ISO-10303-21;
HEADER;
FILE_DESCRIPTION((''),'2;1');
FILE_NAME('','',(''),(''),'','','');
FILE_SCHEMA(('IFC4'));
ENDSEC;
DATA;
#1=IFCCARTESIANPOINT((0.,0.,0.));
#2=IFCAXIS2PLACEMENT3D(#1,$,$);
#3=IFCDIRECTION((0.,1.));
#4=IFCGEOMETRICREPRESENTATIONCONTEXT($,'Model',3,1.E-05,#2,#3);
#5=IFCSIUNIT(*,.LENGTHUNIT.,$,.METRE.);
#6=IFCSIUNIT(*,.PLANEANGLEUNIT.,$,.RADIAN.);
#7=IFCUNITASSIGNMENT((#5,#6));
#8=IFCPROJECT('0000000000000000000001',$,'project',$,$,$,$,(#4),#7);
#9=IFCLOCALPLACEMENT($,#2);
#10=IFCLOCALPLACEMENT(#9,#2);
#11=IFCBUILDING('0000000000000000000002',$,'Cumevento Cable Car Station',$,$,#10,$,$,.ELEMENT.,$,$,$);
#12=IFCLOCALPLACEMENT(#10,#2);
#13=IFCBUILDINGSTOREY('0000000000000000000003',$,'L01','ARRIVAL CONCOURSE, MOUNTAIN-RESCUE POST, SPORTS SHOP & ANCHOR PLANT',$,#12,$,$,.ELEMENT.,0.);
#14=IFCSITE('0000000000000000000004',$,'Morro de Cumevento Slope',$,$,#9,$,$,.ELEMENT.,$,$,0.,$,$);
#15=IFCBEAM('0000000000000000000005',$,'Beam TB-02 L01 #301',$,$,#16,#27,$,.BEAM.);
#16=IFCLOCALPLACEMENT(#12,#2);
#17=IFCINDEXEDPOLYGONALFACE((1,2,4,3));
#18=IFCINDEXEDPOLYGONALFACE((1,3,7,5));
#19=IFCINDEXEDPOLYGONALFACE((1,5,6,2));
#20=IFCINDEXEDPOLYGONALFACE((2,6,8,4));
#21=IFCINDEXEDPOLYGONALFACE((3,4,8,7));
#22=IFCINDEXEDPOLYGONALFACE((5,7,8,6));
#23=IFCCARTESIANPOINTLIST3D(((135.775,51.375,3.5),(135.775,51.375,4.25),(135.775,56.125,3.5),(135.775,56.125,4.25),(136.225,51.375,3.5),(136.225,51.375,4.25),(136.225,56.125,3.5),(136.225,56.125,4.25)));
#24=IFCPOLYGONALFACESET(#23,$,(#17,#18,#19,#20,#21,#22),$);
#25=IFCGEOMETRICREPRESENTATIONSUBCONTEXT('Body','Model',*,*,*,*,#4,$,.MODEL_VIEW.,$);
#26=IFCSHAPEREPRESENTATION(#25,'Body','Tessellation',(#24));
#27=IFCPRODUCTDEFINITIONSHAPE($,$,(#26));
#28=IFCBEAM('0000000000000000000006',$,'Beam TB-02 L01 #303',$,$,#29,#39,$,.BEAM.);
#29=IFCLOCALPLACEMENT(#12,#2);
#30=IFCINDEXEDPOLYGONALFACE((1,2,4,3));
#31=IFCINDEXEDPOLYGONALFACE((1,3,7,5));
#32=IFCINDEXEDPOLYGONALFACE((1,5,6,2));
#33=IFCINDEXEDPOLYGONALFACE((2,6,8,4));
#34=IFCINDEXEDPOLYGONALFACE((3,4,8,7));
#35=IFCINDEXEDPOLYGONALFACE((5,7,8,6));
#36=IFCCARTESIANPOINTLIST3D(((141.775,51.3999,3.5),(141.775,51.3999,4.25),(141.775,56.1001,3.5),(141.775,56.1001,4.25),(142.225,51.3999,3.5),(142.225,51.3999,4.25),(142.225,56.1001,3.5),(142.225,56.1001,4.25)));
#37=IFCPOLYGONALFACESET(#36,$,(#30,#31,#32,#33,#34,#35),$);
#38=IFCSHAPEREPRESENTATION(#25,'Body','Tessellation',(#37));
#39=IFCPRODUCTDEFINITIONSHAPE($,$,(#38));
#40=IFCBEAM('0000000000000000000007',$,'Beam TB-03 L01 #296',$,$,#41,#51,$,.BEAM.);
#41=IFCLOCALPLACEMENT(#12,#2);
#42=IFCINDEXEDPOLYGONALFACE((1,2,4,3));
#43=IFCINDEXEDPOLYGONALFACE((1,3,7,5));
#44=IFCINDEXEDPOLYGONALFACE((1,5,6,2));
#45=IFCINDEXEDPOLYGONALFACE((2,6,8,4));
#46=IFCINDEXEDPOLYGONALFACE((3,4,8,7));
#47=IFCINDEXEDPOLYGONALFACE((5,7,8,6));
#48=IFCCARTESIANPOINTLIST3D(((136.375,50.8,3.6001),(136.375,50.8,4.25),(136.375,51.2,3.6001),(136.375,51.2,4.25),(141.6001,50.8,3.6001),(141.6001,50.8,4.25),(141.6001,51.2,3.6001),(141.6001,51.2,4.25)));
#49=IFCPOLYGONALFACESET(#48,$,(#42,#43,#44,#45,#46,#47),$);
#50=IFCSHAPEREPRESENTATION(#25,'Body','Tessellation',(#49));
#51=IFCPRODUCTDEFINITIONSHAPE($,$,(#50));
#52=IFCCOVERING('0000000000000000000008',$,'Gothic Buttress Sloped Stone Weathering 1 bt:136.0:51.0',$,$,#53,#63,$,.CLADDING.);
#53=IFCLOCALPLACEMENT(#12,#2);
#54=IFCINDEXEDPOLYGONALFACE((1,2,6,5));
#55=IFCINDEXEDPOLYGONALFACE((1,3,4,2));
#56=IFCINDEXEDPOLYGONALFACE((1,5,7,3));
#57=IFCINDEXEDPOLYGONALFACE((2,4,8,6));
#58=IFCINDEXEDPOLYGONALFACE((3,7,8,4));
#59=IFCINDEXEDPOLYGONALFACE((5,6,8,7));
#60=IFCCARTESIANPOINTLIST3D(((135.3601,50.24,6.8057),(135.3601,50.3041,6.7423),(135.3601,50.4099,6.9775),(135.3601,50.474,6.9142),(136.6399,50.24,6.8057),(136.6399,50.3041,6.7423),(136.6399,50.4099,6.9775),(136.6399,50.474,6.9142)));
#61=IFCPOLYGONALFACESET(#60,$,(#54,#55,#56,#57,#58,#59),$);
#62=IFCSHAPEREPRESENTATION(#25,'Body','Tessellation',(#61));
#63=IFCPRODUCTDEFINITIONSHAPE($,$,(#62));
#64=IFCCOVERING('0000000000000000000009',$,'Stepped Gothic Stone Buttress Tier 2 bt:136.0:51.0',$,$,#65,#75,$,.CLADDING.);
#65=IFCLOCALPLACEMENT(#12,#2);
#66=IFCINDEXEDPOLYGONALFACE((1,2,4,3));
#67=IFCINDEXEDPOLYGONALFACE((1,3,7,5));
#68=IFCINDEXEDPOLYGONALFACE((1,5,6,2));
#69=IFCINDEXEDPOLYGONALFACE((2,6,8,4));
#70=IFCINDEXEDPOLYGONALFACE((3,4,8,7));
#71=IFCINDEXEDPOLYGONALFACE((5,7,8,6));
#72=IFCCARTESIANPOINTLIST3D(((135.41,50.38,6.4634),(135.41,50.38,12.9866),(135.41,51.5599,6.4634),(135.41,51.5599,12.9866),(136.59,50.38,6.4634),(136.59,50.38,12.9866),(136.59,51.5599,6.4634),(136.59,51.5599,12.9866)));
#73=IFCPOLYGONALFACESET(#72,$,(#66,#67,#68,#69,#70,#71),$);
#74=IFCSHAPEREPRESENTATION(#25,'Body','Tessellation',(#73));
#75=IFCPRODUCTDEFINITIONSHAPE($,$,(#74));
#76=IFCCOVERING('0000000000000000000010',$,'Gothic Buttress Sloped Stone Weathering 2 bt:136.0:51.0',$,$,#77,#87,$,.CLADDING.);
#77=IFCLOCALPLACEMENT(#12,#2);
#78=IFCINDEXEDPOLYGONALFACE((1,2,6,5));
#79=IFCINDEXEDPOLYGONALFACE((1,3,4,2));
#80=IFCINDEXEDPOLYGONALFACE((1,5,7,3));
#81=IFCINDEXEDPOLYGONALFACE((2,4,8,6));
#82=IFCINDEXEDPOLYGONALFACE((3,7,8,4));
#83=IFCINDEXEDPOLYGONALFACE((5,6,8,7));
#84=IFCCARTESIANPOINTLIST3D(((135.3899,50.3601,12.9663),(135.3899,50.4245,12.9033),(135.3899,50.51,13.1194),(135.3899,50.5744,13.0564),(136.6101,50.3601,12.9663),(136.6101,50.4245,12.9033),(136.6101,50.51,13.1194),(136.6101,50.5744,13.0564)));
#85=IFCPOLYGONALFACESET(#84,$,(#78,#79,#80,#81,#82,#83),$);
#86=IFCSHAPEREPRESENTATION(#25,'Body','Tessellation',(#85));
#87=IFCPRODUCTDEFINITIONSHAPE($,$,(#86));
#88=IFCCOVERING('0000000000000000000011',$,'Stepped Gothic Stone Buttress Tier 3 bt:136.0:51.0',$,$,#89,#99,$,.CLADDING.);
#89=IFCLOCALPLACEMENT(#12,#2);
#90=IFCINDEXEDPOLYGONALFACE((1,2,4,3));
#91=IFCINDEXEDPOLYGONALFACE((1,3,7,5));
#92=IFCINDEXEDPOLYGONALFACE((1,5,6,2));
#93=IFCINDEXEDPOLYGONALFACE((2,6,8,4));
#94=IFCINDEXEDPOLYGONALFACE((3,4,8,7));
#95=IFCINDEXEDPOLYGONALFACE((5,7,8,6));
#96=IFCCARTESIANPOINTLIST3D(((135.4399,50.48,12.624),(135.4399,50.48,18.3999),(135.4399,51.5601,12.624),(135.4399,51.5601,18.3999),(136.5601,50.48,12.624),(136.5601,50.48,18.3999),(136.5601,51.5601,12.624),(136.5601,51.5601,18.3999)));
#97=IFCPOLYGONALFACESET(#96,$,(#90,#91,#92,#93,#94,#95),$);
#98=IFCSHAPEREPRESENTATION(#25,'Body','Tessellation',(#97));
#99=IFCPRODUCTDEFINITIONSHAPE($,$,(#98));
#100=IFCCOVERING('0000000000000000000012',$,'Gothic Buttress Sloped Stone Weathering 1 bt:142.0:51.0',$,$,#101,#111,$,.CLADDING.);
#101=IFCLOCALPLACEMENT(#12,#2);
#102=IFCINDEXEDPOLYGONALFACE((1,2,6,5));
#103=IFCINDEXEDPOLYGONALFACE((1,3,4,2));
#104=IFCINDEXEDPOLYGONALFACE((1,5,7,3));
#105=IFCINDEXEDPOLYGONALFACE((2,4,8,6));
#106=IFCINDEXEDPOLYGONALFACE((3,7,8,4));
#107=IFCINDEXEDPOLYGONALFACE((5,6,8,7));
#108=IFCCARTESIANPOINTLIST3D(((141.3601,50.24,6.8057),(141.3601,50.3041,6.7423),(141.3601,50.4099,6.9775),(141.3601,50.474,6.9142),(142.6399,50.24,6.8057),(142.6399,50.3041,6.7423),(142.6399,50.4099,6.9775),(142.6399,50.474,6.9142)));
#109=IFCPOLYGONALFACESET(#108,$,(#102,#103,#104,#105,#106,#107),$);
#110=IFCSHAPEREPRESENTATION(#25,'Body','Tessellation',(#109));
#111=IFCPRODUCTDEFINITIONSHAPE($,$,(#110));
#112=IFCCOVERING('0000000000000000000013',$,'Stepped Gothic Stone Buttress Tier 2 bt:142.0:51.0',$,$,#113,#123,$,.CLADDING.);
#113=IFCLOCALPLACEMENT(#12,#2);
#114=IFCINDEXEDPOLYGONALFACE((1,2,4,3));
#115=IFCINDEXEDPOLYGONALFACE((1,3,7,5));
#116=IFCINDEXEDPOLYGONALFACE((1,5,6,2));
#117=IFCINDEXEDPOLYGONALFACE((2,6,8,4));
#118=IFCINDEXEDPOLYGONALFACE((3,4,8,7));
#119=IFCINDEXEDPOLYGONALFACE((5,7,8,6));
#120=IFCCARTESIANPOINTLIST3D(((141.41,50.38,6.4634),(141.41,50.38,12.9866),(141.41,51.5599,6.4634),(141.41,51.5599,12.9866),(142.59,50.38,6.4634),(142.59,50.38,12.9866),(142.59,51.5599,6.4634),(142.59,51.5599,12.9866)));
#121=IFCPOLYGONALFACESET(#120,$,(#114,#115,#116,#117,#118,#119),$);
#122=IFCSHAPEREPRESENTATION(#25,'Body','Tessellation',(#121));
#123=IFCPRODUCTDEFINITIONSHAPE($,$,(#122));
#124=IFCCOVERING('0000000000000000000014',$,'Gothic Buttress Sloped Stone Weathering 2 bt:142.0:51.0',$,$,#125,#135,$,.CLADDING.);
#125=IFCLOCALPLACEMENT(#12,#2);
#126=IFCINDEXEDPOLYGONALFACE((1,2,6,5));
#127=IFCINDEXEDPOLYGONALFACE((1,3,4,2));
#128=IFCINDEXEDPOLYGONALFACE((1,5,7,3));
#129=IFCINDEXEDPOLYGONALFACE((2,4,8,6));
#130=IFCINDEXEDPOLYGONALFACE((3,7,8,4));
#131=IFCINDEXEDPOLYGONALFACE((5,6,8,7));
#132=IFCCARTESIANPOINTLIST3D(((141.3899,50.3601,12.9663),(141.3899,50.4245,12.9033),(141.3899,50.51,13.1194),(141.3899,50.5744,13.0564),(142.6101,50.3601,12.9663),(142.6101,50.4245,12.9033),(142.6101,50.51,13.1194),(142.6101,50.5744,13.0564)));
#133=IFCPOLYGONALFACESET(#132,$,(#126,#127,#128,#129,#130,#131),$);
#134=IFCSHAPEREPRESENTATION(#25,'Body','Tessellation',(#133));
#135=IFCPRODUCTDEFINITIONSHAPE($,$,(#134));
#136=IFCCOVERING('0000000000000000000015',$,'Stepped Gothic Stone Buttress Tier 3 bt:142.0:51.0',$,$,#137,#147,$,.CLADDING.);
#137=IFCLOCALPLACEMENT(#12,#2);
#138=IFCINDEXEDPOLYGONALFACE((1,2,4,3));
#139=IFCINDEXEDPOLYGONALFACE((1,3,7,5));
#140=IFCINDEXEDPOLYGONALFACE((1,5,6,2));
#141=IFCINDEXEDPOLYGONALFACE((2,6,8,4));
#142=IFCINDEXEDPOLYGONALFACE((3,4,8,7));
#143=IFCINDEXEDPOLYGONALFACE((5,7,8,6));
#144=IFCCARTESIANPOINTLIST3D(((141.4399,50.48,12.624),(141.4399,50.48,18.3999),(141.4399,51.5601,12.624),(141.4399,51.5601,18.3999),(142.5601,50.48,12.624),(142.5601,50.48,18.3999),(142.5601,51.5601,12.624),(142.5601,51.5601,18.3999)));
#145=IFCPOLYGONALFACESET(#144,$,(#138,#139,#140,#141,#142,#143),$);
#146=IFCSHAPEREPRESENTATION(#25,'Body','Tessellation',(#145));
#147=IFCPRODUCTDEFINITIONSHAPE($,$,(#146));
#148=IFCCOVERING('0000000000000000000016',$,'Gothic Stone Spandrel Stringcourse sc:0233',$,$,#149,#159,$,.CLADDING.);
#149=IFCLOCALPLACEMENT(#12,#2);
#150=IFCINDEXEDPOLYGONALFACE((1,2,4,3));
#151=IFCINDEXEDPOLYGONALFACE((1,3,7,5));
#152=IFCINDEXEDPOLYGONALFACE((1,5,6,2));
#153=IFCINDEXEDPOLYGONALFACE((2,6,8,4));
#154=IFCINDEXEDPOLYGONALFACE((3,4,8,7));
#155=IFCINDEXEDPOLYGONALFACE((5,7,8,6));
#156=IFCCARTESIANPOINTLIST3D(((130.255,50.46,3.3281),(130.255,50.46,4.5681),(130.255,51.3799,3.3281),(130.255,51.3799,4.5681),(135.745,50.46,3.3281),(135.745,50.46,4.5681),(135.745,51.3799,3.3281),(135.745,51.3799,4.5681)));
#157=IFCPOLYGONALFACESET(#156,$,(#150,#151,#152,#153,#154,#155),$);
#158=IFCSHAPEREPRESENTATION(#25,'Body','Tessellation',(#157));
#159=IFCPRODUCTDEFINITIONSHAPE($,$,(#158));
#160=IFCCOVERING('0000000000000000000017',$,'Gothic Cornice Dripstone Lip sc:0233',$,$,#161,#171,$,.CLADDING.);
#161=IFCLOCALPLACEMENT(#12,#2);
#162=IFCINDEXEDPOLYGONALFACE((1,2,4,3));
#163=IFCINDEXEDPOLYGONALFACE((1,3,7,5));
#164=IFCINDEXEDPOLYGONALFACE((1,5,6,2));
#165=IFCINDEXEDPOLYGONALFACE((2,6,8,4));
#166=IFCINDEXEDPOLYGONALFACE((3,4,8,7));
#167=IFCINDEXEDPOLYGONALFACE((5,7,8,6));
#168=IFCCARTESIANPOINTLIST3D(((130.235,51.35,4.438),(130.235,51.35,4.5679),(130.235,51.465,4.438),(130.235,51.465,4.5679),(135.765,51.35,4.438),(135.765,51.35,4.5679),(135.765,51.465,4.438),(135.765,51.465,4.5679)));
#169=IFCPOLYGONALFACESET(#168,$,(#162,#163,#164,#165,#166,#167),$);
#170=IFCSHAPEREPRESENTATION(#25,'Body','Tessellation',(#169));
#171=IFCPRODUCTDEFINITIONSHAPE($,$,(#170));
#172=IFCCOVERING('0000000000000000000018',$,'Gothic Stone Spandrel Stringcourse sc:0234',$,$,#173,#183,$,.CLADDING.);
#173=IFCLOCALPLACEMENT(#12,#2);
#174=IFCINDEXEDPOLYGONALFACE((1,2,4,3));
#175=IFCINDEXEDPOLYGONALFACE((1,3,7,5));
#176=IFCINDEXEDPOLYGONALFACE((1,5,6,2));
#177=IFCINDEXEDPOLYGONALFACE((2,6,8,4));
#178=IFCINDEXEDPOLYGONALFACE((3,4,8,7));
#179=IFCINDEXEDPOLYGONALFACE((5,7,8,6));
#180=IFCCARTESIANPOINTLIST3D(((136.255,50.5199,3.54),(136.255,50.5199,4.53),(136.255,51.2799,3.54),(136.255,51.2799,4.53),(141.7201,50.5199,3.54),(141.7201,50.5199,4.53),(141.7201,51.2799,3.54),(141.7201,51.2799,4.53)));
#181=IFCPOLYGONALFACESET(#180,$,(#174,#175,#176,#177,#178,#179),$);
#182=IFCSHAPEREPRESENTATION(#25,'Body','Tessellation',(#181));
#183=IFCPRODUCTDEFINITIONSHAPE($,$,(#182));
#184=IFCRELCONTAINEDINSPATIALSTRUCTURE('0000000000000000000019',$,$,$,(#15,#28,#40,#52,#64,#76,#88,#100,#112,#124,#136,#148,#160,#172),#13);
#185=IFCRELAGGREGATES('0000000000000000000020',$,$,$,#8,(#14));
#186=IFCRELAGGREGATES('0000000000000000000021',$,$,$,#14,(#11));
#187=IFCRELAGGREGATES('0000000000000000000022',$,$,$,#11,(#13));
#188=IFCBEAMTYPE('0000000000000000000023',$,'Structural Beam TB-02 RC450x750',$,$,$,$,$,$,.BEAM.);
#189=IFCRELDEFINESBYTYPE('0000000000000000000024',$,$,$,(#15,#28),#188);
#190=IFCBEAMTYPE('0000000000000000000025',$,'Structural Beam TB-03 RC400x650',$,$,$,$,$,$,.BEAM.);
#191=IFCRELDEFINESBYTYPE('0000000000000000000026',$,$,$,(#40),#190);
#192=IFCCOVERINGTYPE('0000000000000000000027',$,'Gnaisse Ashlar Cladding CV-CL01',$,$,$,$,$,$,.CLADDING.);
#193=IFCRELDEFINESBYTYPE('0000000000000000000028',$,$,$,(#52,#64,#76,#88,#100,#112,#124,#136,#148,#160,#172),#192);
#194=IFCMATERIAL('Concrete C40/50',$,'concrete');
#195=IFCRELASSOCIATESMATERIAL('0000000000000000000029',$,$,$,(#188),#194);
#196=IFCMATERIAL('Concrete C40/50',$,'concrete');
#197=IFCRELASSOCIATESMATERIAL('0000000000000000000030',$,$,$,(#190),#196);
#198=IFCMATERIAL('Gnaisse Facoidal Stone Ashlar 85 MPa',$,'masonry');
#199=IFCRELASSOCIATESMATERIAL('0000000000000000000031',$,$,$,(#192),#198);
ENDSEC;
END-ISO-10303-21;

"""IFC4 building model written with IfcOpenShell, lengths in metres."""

from ifc_helpers import new_model, si_unit, direction, frame, origin, origin_2d, place, context, subcontext, project, spatial, polyline, rectangle, outline, extrude, material, material_profile, profile_set, type_object, element, save


model = new_model("IFC4")

# Units and contexts
model_context = context("Model", 3, precision=1e-05, world=origin(), true_north=direction((0.0, 1.0)))
body_context = subcontext(model_context, "Body", "Model", "MODEL_VIEW")
ifc_project = project(units=[si_unit("LENGTHUNIT", "METRE"), si_unit("PLANEANGLEUNIT", "RADIAN")], contexts=[model_context])

# Site, building, storey
site_placement = place(None, origin())
site = spatial("IfcSite", under=ifc_project, at=site_placement, Name="Morro de Cumevento Slope", CompositionType="ELEMENT", RefElevation=0.0)
building_placement = place(site_placement, origin())
building = spatial("IfcBuilding", under=site, at=building_placement, Name="Cumevento Cable Car Station", CompositionType="ELEMENT")
storey_placement = place(building_placement, origin())
storey = spatial("IfcBuildingStorey", under=building, at=storey_placement, Name="L01", Description="ARRIVAL CONCOURSE, MOUNTAIN-RESCUE POST, SPORTS SHOP & ANCHOR PLANT", CompositionType="ELEMENT", Elevation=0.0)

# Beams
ifc_material_1 = material(Name="Concrete C40/50", Category="concrete")
ifc_material_profile_1 = material_profile(ifc_material_1, rectangle(XDim=0.45, YDim=0.75, at=origin_2d()), Name="RC450x750")
ifc_profile_set_1 = profile_set([ifc_material_profile_1], Name="Concrete C40/50")
beam_type_1 = type_object("IfcBeamType", Name="Structural Beam TB-02 RC450x750", PredefinedType="BEAM", material=ifc_profile_set_1)
beam_1_placement = place(storey_placement, frame((136.0, 51.375, 3.875), z_axis=(0.0, 1.0, 0.0), x_axis=(-1.0, 0.0, 0.0)))
element("IfcBeam", 1, at=beam_1_placement, inside=storey, type_object=beam_type_1, Name="Beam TB-02 L01 #301", PredefinedType="BEAM", context=body_context, shape_type="SweptSolid", body=[
    extrude(rectangle(XDim=0.45, YDim=0.75, at=origin_2d()), origin(), (0.0, 0.0, 1.0), 4.75),
])
beam_2_placement = place(storey_placement, frame((142.0, 51.3999, 3.875), z_axis=(0.0, 1.0, 0.0), x_axis=(-1.0, 0.0, 0.0)))
element("IfcBeam", 2, at=beam_2_placement, inside=storey, type_object=beam_type_1, Name="Beam TB-02 L01 #303", PredefinedType="BEAM", context=body_context, shape_type="SweptSolid", body=[
    extrude(rectangle(XDim=0.45, YDim=0.75, at=origin_2d()), origin(), (0.0, 0.0, 1.0), 4.7002),
])
ifc_material_2 = material(Name="Concrete C40/50", Category="concrete")
ifc_material_profile_2 = material_profile(ifc_material_2, rectangle(XDim=0.3999, YDim=0.6499, at=origin_2d()), Name="RC400x650")
ifc_profile_set_2 = profile_set([ifc_material_profile_2], Name="Concrete C40/50")
beam_type_2 = type_object("IfcBeamType", Name="Structural Beam TB-03 RC400x650", PredefinedType="BEAM", material=ifc_profile_set_2)
beam_3_placement = place(storey_placement, frame((136.375, 51.0, 3.925), z_axis=(1.0, 0.0, 0.0), x_axis=(0.0, 1.0, 0.0)))
element("IfcBeam", 3, at=beam_3_placement, inside=storey, type_object=beam_type_2, Name="Beam TB-03 L01 #296", PredefinedType="BEAM", context=body_context, shape_type="SweptSolid", body=[
    extrude(rectangle(XDim=0.3999, YDim=0.6499, at=origin_2d()), origin(), (0.0, 0.0, 1.0), 5.2251),
])

# Coverings
ifc_material_3 = material(Name="Gnaisse Facoidal Stone Ashlar 85 MPa", Category="masonry")
covering_type = type_object("IfcCoveringType", Name="Gnaisse Ashlar Cladding CV-CL01", PredefinedType="CLADDING", material=ifc_material_3)
covering_1_placement = place(storey_placement, frame((135.3601, 50.24, 6.8057), z_axis=(0.0, -0.711136, 0.703055), x_axis=(1.0, 0.0, 0.0)))
element("IfcCovering", 4, at=covering_1_placement, inside=storey, type_object=covering_type, Name="Gothic Buttress Sloped Stone Weathering 1 bt:136.0:51.0", PredefinedType="CLADDING", context=body_context, shape_type="SweptSolid", body=[
    extrude(outline(polyline([(0.0, 0.0), (1.2798, 0.0), (1.2798, 0.2417), (0.0, 0.2417), (0.0, 0.0)])), origin(), (0.0, 0.0, -1.0), 0.0901),
])
covering_2_placement = place(storey_placement, frame((136.0, 50.97, 6.4634), z_axis=(0.0, 0.0, 1.0), x_axis=(1.0, 0.0, 0.0)))
element("IfcCovering", 5, at=covering_2_placement, inside=storey, type_object=covering_type, Name="Stepped Gothic Stone Buttress Tier 2 bt:136.0:51.0", PredefinedType="CLADDING", context=body_context, shape_type="SweptSolid", body=[
    extrude(rectangle(XDim=1.1799, YDim=1.1799, at=origin_2d()), origin(), (0.0, 0.0, 1.0), 6.5232),
])
covering_3_placement = place(storey_placement, frame((135.3899, 50.3601, 12.9663), z_axis=(0.0, -0.714475, 0.699661), x_axis=(1.0, 0.0, 0.0)))
element("IfcCovering", 6, at=covering_3_placement, inside=storey, type_object=covering_type, Name="Gothic Buttress Sloped Stone Weathering 2 bt:136.0:51.0", PredefinedType="CLADDING", context=body_context, shape_type="SweptSolid", body=[
    extrude(outline(polyline([(0.0, 0.0), (1.2202, 0.0), (1.2202, 0.2142), (0.0, 0.2142), (0.0, 0.0)])), origin(), (0.0, 0.0, -1.0), 0.0901),
])
covering_4_placement = place(storey_placement, frame((136.0, 51.02, 12.624), z_axis=(0.0, 0.0, 1.0), x_axis=(1.0, 0.0, 0.0)))
element("IfcCovering", 7, at=covering_4_placement, inside=storey, type_object=covering_type, Name="Stepped Gothic Stone Buttress Tier 3 bt:136.0:51.0", PredefinedType="CLADDING", context=body_context, shape_type="SweptSolid", body=[
    extrude(rectangle(XDim=1.1201, YDim=1.0801, at=origin_2d()), origin(), (0.0, 0.0, 1.0), 5.7759),
])
covering_5_placement = place(storey_placement, frame((141.3601, 50.24, 6.8057), z_axis=(0.0, -0.711136, 0.703055), x_axis=(1.0, 0.0, 0.0)))
element("IfcCovering", 8, at=covering_5_placement, inside=storey, type_object=covering_type, Name="Gothic Buttress Sloped Stone Weathering 1 bt:142.0:51.0", PredefinedType="CLADDING", context=body_context, shape_type="SweptSolid", body=[
    extrude(outline(polyline([(0.0, 0.0), (1.2798, 0.0), (1.2798, 0.2417), (0.0, 0.2417), (0.0, 0.0)])), origin(), (0.0, 0.0, -1.0), 0.0901),
])
covering_6_placement = place(storey_placement, frame((142.0, 50.97, 6.4634), z_axis=(0.0, 0.0, 1.0), x_axis=(1.0, 0.0, 0.0)))
element("IfcCovering", 9, at=covering_6_placement, inside=storey, type_object=covering_type, Name="Stepped Gothic Stone Buttress Tier 2 bt:142.0:51.0", PredefinedType="CLADDING", context=body_context, shape_type="SweptSolid", body=[
    extrude(rectangle(XDim=1.1799, YDim=1.1799, at=origin_2d()), origin(), (0.0, 0.0, 1.0), 6.5232),
])
covering_7_placement = place(storey_placement, frame((141.3899, 50.3601, 12.9663), z_axis=(0.0, -0.714475, 0.699661), x_axis=(1.0, 0.0, 0.0)))
element("IfcCovering", 10, at=covering_7_placement, inside=storey, type_object=covering_type, Name="Gothic Buttress Sloped Stone Weathering 2 bt:142.0:51.0", PredefinedType="CLADDING", context=body_context, shape_type="SweptSolid", body=[
    extrude(outline(polyline([(0.0, 0.0), (1.2202, 0.0), (1.2202, 0.2142), (0.0, 0.2142), (0.0, 0.0)])), origin(), (0.0, 0.0, -1.0), 0.0901),
])
covering_8_placement = place(storey_placement, frame((142.0, 51.02, 12.624), z_axis=(0.0, 0.0, 1.0), x_axis=(1.0, 0.0, 0.0)))
element("IfcCovering", 11, at=covering_8_placement, inside=storey, type_object=covering_type, Name="Stepped Gothic Stone Buttress Tier 3 bt:142.0:51.0", PredefinedType="CLADDING", context=body_context, shape_type="SweptSolid", body=[
    extrude(rectangle(XDim=1.1201, YDim=1.0801, at=origin_2d()), origin(), (0.0, 0.0, 1.0), 5.7759),
])
covering_9_placement = place(storey_placement, frame((133.0, 50.9199, 3.3281), z_axis=(0.0, 0.0, 1.0), x_axis=(1.0, 0.0, 0.0)))
element("IfcCovering", 12, at=covering_9_placement, inside=storey, type_object=covering_type, Name="Gothic Stone Spandrel Stringcourse sc:0233", PredefinedType="CLADDING", context=body_context, shape_type="SweptSolid", body=[
    extrude(rectangle(XDim=5.49, YDim=0.9199, at=origin_2d()), origin(), (0.0, 0.0, 1.0), 1.24),
])
covering_10_placement = place(storey_placement, frame((133.0, 51.4075, 4.438), z_axis=(0.0, 0.0, 1.0), x_axis=(1.0, 0.0, 0.0)))
element("IfcCovering", 13, at=covering_10_placement, inside=storey, type_object=covering_type, Name="Gothic Cornice Dripstone Lip sc:0233", PredefinedType="CLADDING", context=body_context, shape_type="SweptSolid", body=[
    extrude(rectangle(XDim=5.53, YDim=0.115, at=origin_2d()), origin(), (0.0, 0.0, 1.0), 0.1299),
])
covering_11_placement = place(storey_placement, frame((138.9875, 50.8999, 3.54), z_axis=(0.0, 0.0, 1.0), x_axis=(1.0, 0.0, 0.0)))
element("IfcCovering", 14, at=covering_11_placement, inside=storey, type_object=covering_type, Name="Gothic Stone Spandrel Stringcourse sc:0234", PredefinedType="CLADDING", context=body_context, shape_type="SweptSolid", body=[
    extrude(rectangle(XDim=5.4651, YDim=0.76, at=origin_2d()), origin(), (0.0, 0.0, 1.0), 0.99),
])

save(model, "model.ifc")
